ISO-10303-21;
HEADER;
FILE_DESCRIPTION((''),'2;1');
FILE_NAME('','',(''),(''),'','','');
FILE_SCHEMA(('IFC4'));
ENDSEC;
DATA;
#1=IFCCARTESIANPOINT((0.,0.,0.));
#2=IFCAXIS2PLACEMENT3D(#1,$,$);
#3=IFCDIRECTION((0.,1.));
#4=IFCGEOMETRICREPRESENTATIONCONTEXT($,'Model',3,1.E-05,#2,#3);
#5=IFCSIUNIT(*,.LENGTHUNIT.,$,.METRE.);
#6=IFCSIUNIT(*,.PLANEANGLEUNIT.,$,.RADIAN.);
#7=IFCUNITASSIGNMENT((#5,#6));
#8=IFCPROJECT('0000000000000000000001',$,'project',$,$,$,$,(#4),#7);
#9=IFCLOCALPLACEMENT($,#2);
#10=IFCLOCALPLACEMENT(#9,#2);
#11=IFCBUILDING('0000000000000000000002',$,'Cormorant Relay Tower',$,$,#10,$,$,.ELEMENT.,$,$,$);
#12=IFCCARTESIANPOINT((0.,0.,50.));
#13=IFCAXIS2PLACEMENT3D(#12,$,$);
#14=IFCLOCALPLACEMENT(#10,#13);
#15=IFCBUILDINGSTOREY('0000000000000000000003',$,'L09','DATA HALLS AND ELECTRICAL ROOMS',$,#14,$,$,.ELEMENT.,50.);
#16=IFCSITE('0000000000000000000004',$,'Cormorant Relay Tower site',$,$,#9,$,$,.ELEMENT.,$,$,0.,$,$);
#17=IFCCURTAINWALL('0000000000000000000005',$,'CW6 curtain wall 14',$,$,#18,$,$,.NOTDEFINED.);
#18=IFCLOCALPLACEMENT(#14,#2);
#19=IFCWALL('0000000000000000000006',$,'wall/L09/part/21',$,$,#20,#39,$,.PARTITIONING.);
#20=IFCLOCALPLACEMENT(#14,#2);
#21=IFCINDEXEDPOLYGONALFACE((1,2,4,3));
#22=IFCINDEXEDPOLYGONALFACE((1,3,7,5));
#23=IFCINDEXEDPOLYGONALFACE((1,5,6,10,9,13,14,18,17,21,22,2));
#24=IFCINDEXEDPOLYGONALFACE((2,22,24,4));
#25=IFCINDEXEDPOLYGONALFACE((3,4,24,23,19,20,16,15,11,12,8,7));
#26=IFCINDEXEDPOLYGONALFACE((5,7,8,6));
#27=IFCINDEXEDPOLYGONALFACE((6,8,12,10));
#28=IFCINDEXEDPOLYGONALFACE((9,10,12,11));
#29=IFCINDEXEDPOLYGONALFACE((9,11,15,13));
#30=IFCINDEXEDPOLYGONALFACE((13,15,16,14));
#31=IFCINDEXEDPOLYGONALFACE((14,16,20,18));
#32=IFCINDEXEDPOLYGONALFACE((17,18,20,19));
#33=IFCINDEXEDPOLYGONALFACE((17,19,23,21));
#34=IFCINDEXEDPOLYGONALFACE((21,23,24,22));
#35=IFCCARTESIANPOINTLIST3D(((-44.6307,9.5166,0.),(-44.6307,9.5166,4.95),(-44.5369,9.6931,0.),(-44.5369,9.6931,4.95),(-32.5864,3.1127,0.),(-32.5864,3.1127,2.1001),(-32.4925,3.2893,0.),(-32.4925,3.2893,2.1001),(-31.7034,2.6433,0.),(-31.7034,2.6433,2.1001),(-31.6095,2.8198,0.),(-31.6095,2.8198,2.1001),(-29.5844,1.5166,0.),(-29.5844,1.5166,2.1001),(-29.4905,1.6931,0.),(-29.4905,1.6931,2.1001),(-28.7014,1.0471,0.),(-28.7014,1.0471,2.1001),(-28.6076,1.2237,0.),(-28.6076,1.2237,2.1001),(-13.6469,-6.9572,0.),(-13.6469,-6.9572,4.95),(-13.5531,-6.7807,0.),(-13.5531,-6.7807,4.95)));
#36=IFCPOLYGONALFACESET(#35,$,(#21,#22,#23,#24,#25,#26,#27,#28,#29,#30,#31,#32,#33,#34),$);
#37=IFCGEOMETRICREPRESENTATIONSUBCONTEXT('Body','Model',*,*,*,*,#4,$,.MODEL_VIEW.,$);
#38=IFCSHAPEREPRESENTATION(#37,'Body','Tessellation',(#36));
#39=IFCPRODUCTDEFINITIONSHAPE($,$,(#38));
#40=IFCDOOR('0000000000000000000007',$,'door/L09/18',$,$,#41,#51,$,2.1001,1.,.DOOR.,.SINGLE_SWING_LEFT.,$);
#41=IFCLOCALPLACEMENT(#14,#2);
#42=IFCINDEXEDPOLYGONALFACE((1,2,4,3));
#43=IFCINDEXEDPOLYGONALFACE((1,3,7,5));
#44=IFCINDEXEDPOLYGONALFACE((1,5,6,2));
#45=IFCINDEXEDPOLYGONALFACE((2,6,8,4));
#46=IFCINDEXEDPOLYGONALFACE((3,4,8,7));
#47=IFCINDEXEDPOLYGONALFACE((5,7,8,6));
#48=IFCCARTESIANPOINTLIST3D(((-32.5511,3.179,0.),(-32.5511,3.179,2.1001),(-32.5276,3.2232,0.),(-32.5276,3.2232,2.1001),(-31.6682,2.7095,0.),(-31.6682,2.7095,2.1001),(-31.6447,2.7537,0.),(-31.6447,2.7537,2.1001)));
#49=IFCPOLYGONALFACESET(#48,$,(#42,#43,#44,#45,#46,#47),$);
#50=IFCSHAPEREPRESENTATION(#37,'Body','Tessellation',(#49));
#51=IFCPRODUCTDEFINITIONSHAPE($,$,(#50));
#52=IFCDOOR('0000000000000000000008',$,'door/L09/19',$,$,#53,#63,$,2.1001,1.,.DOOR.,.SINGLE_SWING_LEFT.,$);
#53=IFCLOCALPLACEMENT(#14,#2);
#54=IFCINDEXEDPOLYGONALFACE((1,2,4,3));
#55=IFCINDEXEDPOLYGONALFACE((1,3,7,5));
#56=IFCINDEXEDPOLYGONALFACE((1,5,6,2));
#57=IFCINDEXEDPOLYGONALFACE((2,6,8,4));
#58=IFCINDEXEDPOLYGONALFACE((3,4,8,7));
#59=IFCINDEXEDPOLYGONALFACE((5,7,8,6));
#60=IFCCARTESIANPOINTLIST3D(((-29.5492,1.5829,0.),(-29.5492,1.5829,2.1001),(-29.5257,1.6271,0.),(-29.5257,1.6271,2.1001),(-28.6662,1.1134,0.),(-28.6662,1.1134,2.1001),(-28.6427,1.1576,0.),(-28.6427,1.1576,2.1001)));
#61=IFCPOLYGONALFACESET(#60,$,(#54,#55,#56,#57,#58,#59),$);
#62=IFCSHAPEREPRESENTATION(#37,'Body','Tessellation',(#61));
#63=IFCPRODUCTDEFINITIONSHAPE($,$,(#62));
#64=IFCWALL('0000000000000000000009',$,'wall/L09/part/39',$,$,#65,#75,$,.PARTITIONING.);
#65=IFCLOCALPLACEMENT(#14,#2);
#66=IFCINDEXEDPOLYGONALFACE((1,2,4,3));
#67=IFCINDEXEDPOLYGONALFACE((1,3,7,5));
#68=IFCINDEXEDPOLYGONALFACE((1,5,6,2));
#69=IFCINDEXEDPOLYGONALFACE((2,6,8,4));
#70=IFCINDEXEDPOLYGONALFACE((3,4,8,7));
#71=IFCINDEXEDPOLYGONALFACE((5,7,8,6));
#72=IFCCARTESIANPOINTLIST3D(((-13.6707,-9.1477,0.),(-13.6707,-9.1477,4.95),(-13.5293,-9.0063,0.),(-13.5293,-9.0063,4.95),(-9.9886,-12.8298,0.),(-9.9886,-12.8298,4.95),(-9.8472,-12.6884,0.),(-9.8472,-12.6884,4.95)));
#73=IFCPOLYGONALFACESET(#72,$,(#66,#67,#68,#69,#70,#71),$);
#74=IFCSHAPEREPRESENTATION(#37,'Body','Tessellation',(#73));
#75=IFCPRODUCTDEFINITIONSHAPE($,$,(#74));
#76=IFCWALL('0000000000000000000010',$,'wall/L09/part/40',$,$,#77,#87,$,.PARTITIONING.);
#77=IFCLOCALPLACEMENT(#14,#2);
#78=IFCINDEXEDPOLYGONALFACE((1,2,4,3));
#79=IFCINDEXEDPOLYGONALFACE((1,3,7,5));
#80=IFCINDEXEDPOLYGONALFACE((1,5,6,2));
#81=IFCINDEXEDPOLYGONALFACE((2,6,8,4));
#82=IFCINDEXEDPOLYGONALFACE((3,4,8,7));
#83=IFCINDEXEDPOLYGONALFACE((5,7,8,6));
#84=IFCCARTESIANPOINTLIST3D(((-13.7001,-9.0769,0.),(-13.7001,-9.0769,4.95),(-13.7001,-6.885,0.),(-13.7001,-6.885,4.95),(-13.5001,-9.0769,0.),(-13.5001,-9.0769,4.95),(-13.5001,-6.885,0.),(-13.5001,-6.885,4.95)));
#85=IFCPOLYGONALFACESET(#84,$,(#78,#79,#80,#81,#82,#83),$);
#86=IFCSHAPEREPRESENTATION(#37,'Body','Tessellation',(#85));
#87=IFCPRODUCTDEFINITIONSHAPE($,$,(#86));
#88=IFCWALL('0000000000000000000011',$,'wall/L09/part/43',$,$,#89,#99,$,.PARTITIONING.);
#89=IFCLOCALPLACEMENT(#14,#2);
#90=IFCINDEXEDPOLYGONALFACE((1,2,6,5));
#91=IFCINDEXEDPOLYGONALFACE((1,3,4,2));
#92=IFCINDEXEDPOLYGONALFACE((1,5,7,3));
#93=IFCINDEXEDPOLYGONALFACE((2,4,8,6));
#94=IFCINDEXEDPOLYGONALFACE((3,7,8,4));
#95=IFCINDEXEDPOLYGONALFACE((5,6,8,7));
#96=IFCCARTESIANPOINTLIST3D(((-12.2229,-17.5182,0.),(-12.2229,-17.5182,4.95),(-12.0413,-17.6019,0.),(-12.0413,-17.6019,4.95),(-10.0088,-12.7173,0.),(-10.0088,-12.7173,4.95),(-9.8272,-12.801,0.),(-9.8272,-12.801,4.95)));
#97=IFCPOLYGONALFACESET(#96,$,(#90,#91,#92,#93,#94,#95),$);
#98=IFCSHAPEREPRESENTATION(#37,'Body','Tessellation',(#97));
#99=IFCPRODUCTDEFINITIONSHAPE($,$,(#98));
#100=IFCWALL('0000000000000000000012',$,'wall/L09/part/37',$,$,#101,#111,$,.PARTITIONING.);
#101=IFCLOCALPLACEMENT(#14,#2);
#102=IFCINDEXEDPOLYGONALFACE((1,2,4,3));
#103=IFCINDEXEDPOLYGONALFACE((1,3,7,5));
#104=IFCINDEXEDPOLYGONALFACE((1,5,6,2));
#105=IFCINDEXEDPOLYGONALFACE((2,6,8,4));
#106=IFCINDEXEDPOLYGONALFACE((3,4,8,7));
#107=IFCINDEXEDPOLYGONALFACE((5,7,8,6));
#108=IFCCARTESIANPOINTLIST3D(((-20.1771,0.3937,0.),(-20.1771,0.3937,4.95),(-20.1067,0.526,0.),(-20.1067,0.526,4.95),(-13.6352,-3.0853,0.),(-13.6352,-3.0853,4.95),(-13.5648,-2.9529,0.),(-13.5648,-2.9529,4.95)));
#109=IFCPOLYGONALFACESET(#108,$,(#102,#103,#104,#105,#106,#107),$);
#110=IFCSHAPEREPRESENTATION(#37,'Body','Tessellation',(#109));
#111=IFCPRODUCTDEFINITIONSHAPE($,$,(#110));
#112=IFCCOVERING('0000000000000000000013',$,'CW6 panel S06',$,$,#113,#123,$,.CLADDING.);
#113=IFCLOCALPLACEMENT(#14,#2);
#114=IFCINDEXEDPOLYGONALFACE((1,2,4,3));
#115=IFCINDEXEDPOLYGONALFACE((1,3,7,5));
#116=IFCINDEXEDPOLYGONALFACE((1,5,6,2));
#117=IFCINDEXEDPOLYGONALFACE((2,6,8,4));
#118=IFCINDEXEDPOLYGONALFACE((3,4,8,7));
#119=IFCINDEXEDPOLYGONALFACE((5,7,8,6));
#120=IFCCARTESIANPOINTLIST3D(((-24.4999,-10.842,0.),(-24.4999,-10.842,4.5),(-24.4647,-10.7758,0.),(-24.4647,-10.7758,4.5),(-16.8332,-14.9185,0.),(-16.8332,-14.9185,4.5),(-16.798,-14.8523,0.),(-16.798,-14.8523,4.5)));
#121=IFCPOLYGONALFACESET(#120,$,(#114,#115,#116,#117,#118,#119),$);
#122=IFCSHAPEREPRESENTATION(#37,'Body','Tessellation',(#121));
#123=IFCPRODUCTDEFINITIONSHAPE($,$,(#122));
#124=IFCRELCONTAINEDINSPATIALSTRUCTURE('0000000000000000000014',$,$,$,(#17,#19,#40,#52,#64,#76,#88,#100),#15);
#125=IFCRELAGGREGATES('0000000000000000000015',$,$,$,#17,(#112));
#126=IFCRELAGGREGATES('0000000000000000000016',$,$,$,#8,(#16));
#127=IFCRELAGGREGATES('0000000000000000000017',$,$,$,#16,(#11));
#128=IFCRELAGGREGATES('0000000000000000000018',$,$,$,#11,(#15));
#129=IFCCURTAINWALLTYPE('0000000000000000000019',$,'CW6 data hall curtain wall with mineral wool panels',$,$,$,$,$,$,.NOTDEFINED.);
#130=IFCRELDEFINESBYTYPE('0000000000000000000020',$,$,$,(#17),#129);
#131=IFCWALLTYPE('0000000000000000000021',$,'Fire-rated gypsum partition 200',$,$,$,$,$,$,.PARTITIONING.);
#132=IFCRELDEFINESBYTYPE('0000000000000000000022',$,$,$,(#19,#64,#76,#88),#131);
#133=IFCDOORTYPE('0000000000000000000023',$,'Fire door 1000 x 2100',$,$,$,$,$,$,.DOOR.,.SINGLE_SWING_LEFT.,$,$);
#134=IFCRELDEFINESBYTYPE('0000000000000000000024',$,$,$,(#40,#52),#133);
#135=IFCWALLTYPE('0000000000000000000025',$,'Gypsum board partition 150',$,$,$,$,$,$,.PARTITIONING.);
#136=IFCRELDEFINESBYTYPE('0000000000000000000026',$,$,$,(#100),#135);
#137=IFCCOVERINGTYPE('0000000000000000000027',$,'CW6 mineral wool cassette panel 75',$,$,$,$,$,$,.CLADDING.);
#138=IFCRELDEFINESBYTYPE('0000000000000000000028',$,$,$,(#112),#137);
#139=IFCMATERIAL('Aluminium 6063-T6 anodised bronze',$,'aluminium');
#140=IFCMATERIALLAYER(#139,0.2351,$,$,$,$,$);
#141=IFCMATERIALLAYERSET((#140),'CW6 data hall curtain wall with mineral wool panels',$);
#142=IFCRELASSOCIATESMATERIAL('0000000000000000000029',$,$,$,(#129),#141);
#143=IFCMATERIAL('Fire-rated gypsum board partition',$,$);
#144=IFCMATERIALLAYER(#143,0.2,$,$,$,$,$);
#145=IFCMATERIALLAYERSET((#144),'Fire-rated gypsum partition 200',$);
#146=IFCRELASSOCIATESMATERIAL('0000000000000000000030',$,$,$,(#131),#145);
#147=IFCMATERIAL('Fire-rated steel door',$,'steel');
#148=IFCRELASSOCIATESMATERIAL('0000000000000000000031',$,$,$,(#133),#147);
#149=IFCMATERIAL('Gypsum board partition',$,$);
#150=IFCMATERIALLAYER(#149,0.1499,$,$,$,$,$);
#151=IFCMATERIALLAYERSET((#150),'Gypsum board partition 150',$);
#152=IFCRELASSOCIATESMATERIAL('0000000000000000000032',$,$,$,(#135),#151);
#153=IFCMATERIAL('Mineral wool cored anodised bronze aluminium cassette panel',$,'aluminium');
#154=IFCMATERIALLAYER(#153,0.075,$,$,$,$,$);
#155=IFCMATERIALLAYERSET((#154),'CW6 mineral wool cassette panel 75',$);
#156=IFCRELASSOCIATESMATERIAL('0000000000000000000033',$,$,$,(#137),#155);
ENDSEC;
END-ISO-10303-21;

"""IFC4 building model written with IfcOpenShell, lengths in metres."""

from ifc_helpers import new_model, si_unit, direction, frame, frame_2d, origin, origin_2d, place, context, subcontext, project, spatial, rectangle, extrude, material, layer, layer_set, type_object, element, fill, aggregate, save


model = new_model("IFC4")

# Units and contexts
model_context = context("Model", 3, precision=1e-05, world=origin(), true_north=direction((0.0, 1.0)))
body_context = subcontext(model_context, "Body", "Model", "MODEL_VIEW")
ifc_project = project(units=[si_unit("LENGTHUNIT", "METRE"), si_unit("PLANEANGLEUNIT", "RADIAN")], contexts=[model_context])

# Site, building, storey
site_placement = place(None, origin())
site = spatial("IfcSite", under=ifc_project, at=site_placement, Name="Cormorant Relay Tower site", CompositionType="ELEMENT", RefElevation=0.0)
building_placement = place(site_placement, origin())
building = spatial("IfcBuilding", under=site, at=building_placement, Name="Cormorant Relay Tower", CompositionType="ELEMENT")
storey_placement = place(building_placement, frame((0.0, 0.0, 50.0)))
storey = spatial("IfcBuildingStorey", under=building, at=storey_placement, Name="L09", Description="DATA HALLS AND ELECTRICAL ROOMS", CompositionType="ELEMENT", Elevation=50.0)

# Curtain wall
ifc_material_1 = material(Name="Aluminium 6063-T6 anodised bronze", Category="aluminium")
ifc_layer_1 = layer(ifc_material_1, 0.2351)
ifc_layer_set_1 = layer_set([ifc_layer_1], Name="CW6 data hall curtain wall with mineral wool panels")
curtain_wall_type = type_object("IfcCurtainWallType", Name="CW6 data hall curtain wall with mineral wool panels", PredefinedType="NOTDEFINED", material=ifc_layer_set_1)
curtain_wall_placement = place(storey_placement, origin())
curtain_wall = element("IfcCurtainWall", 1, at=curtain_wall_placement, inside=storey, type_object=curtain_wall_type, Name="CW6 curtain wall 14", PredefinedType="NOTDEFINED")

# Wall, openings, doors
ifc_material_2 = material(Name="Fire-rated gypsum board partition")
ifc_layer_2 = layer(ifc_material_2, 0.2)
ifc_layer_set_2 = layer_set([ifc_layer_2], Name="Fire-rated gypsum partition 200")
wall_type_1 = type_object("IfcWallType", Name="Fire-rated gypsum partition 200", PredefinedType="PARTITIONING", material=ifc_layer_set_2)
wall_1_placement = place(storey_placement, frame((-13.6001, -6.8689, 0.0), z_axis=(0.0, 0.0, 1.0), x_axis=(-0.882954, 0.469459, 0.0)))
wall_1 = element("IfcWall", 2, at=wall_1_placement, inside=storey, type_object=wall_type_1, Name="wall/L09/part/21", PredefinedType="PARTITIONING", context=body_context, shape_type="SweptSolid", body=[
    extrude(rectangle(XDim=35.0911, YDim=0.2, at=frame_2d((17.5454, 0.0))), origin(), (0.0, 0.0, 1.0), 4.95),
])
opening_1_placement = place(wall_1_placement, frame((20.45, 0.0, 0.0)))
opening_1 = element("IfcOpeningElement", 3, at=opening_1_placement, cuts=wall_1, PredefinedType="OPENING", context=body_context, shape_type="SweptSolid", body=[
    extrude(rectangle(XDim=1.0, YDim=2.1001, at=frame_2d((0.5, 1.05))), frame((0.0, 0.1099, 0.0), z_axis=(0.0, -1.0, 0.0), x_axis=(1.0, 0.0, 0.0)), (0.0, 0.0, 1.0), 0.22),
])
opening_2_placement = place(wall_1_placement, frame((17.05, 0.0, 0.0)))
opening_2 = element("IfcOpeningElement", 4, at=opening_2_placement, cuts=wall_1, PredefinedType="OPENING", context=body_context, shape_type="SweptSolid", body=[
    extrude(rectangle(XDim=1.0, YDim=2.1001, at=frame_2d((0.5, 1.05))), frame((0.0, 0.1099, 0.0), z_axis=(0.0, -1.0, 0.0), x_axis=(1.0, 0.0, 0.0)), (0.0, 0.0, 1.0), 0.22),
])
ifc_material_3 = material(Name="Fire-rated steel door", Category="steel")
door_type = type_object("IfcDoorType", Name="Fire door 1000 x 2100", OperationType="SINGLE_SWING_LEFT", PredefinedType="DOOR", material=ifc_material_3)
door_1_placement = place(opening_1_placement, origin())
door_1 = element("IfcDoor", 5, at=door_1_placement, inside=storey, type_object=door_type, Name="door/L09/18", OperationType="SINGLE_SWING_LEFT", OverallHeight=2.1001, OverallWidth=1.0, PredefinedType="DOOR", context=body_context, shape_type="SweptSolid", body=[
    extrude(rectangle(XDim=1.0, YDim=2.1001, at=frame_2d((0.5, 1.05))), frame((0.0, 0.0249, 0.0), z_axis=(0.0, -1.0, 0.0), x_axis=(1.0, 0.0, 0.0)), (0.0, 0.0, 1.0), 0.05),
])
fill(opening_1, door_1)
door_2_placement = place(opening_2_placement, origin())
door_2 = element("IfcDoor", 6, at=door_2_placement, inside=storey, type_object=door_type, Name="door/L09/19", OperationType="SINGLE_SWING_LEFT", OverallHeight=2.1001, OverallWidth=1.0, PredefinedType="DOOR", context=body_context, shape_type="SweptSolid", body=[
    extrude(rectangle(XDim=1.0, YDim=2.1001, at=frame_2d((0.5, 1.05))), frame((0.0, 0.0249, 0.0), z_axis=(0.0, -1.0, 0.0), x_axis=(1.0, 0.0, 0.0)), (0.0, 0.0, 1.0), 0.05),
])
fill(opening_2, door_2)

# Walls
wall_2_placement = place(storey_placement, frame((-9.918, -12.759, 0.0), z_axis=(0.0, 0.0, 1.0), x_axis=(-0.707107, 0.707107, 0.0)))
element("IfcWall", 7, at=wall_2_placement, inside=storey, type_object=wall_type_1, Name="wall/L09/part/39", PredefinedType="PARTITIONING", context=body_context, shape_type="SweptSolid", body=[
    extrude(rectangle(XDim=5.2073, YDim=0.2, at=frame_2d((2.6035, 0.0))), origin(), (0.0, 0.0, 1.0), 4.95),
])
wall_3_placement = place(storey_placement, frame((-13.6001, -9.0769, 0.0), z_axis=(0.0, 0.0, 1.0), x_axis=(0.0, 1.0, 0.0)))
element("IfcWall", 8, at=wall_3_placement, inside=storey, type_object=wall_type_1, Name="wall/L09/part/40", PredefinedType="PARTITIONING", context=body_context, shape_type="SweptSolid", body=[
    extrude(rectangle(XDim=2.1919, YDim=0.2, at=frame_2d((1.0959, 0.0))), origin(), (0.0, 0.0, 1.0), 4.95),
])
wall_4_placement = place(storey_placement, frame((-9.918, -12.759, 0.0), z_axis=(0.0, 0.0, 1.0), x_axis=(-0.418786, -0.908085, 0.0)))
element("IfcWall", 9, at=wall_4_placement, inside=storey, type_object=wall_type_1, Name="wall/L09/part/43", PredefinedType="PARTITIONING", context=body_context, shape_type="SweptSolid", body=[
    extrude(rectangle(XDim=5.2869, YDim=0.2, at=frame_2d((2.6436, 0.0))), origin(), (0.0, 0.0, 1.0), 4.95),
])
ifc_material_4 = material(Name="Gypsum board partition")
ifc_layer_3 = layer(ifc_material_4, 0.1499)
ifc_layer_set_3 = layer_set([ifc_layer_3], Name="Gypsum board partition 150")
wall_type_2 = type_object("IfcWallType", Name="Gypsum board partition 150", PredefinedType="PARTITIONING", material=ifc_layer_set_3)
wall_5_placement = place(storey_placement, frame((-13.6001, -3.019, 0.0), z_axis=(0.0, 0.0, 1.0), x_axis=(-0.882916, 0.469531, 0.0)))
element("IfcWall", 10, at=wall_5_placement, inside=storey, type_object=wall_type_2, Name="wall/L09/part/37", PredefinedType="PARTITIONING", context=body_context, shape_type="SweptSolid", body=[
    extrude(rectangle(XDim=7.4094, YDim=0.1499, at=frame_2d((3.7046, 0.0))), origin(), (0.0, 0.0, 1.0), 4.95),
])

# Covering
ifc_material_5 = material(Name="Mineral wool cored anodised bronze aluminium cassette panel", Category="aluminium")
ifc_layer_4 = layer(ifc_material_5, 0.075)
ifc_layer_set_4 = layer_set([ifc_layer_4], Name="CW6 mineral wool cassette panel 75")
covering_type = type_object("IfcCoveringType", Name="CW6 mineral wool cassette panel 75", PredefinedType="CLADDING", material=ifc_layer_set_4)
covering_placement = place(storey_placement, frame((-20.6489, -12.8472, 0.0), z_axis=(0.0, 0.0, 1.0), x_axis=(0.882948, -0.469472, 0.0)))
covering = element("IfcCovering", 11, at=covering_placement, type_object=covering_type, Name="CW6 panel S06", PredefinedType="CLADDING", context=body_context, shape_type="SweptSolid", body=[
    extrude(rectangle(XDim=8.6831, YDim=0.075, at=origin_2d()), origin(), (0.0, 0.0, 1.0), 4.5),
])
aggregate(curtain_wall, [covering])

save(model, "model.ifc")
